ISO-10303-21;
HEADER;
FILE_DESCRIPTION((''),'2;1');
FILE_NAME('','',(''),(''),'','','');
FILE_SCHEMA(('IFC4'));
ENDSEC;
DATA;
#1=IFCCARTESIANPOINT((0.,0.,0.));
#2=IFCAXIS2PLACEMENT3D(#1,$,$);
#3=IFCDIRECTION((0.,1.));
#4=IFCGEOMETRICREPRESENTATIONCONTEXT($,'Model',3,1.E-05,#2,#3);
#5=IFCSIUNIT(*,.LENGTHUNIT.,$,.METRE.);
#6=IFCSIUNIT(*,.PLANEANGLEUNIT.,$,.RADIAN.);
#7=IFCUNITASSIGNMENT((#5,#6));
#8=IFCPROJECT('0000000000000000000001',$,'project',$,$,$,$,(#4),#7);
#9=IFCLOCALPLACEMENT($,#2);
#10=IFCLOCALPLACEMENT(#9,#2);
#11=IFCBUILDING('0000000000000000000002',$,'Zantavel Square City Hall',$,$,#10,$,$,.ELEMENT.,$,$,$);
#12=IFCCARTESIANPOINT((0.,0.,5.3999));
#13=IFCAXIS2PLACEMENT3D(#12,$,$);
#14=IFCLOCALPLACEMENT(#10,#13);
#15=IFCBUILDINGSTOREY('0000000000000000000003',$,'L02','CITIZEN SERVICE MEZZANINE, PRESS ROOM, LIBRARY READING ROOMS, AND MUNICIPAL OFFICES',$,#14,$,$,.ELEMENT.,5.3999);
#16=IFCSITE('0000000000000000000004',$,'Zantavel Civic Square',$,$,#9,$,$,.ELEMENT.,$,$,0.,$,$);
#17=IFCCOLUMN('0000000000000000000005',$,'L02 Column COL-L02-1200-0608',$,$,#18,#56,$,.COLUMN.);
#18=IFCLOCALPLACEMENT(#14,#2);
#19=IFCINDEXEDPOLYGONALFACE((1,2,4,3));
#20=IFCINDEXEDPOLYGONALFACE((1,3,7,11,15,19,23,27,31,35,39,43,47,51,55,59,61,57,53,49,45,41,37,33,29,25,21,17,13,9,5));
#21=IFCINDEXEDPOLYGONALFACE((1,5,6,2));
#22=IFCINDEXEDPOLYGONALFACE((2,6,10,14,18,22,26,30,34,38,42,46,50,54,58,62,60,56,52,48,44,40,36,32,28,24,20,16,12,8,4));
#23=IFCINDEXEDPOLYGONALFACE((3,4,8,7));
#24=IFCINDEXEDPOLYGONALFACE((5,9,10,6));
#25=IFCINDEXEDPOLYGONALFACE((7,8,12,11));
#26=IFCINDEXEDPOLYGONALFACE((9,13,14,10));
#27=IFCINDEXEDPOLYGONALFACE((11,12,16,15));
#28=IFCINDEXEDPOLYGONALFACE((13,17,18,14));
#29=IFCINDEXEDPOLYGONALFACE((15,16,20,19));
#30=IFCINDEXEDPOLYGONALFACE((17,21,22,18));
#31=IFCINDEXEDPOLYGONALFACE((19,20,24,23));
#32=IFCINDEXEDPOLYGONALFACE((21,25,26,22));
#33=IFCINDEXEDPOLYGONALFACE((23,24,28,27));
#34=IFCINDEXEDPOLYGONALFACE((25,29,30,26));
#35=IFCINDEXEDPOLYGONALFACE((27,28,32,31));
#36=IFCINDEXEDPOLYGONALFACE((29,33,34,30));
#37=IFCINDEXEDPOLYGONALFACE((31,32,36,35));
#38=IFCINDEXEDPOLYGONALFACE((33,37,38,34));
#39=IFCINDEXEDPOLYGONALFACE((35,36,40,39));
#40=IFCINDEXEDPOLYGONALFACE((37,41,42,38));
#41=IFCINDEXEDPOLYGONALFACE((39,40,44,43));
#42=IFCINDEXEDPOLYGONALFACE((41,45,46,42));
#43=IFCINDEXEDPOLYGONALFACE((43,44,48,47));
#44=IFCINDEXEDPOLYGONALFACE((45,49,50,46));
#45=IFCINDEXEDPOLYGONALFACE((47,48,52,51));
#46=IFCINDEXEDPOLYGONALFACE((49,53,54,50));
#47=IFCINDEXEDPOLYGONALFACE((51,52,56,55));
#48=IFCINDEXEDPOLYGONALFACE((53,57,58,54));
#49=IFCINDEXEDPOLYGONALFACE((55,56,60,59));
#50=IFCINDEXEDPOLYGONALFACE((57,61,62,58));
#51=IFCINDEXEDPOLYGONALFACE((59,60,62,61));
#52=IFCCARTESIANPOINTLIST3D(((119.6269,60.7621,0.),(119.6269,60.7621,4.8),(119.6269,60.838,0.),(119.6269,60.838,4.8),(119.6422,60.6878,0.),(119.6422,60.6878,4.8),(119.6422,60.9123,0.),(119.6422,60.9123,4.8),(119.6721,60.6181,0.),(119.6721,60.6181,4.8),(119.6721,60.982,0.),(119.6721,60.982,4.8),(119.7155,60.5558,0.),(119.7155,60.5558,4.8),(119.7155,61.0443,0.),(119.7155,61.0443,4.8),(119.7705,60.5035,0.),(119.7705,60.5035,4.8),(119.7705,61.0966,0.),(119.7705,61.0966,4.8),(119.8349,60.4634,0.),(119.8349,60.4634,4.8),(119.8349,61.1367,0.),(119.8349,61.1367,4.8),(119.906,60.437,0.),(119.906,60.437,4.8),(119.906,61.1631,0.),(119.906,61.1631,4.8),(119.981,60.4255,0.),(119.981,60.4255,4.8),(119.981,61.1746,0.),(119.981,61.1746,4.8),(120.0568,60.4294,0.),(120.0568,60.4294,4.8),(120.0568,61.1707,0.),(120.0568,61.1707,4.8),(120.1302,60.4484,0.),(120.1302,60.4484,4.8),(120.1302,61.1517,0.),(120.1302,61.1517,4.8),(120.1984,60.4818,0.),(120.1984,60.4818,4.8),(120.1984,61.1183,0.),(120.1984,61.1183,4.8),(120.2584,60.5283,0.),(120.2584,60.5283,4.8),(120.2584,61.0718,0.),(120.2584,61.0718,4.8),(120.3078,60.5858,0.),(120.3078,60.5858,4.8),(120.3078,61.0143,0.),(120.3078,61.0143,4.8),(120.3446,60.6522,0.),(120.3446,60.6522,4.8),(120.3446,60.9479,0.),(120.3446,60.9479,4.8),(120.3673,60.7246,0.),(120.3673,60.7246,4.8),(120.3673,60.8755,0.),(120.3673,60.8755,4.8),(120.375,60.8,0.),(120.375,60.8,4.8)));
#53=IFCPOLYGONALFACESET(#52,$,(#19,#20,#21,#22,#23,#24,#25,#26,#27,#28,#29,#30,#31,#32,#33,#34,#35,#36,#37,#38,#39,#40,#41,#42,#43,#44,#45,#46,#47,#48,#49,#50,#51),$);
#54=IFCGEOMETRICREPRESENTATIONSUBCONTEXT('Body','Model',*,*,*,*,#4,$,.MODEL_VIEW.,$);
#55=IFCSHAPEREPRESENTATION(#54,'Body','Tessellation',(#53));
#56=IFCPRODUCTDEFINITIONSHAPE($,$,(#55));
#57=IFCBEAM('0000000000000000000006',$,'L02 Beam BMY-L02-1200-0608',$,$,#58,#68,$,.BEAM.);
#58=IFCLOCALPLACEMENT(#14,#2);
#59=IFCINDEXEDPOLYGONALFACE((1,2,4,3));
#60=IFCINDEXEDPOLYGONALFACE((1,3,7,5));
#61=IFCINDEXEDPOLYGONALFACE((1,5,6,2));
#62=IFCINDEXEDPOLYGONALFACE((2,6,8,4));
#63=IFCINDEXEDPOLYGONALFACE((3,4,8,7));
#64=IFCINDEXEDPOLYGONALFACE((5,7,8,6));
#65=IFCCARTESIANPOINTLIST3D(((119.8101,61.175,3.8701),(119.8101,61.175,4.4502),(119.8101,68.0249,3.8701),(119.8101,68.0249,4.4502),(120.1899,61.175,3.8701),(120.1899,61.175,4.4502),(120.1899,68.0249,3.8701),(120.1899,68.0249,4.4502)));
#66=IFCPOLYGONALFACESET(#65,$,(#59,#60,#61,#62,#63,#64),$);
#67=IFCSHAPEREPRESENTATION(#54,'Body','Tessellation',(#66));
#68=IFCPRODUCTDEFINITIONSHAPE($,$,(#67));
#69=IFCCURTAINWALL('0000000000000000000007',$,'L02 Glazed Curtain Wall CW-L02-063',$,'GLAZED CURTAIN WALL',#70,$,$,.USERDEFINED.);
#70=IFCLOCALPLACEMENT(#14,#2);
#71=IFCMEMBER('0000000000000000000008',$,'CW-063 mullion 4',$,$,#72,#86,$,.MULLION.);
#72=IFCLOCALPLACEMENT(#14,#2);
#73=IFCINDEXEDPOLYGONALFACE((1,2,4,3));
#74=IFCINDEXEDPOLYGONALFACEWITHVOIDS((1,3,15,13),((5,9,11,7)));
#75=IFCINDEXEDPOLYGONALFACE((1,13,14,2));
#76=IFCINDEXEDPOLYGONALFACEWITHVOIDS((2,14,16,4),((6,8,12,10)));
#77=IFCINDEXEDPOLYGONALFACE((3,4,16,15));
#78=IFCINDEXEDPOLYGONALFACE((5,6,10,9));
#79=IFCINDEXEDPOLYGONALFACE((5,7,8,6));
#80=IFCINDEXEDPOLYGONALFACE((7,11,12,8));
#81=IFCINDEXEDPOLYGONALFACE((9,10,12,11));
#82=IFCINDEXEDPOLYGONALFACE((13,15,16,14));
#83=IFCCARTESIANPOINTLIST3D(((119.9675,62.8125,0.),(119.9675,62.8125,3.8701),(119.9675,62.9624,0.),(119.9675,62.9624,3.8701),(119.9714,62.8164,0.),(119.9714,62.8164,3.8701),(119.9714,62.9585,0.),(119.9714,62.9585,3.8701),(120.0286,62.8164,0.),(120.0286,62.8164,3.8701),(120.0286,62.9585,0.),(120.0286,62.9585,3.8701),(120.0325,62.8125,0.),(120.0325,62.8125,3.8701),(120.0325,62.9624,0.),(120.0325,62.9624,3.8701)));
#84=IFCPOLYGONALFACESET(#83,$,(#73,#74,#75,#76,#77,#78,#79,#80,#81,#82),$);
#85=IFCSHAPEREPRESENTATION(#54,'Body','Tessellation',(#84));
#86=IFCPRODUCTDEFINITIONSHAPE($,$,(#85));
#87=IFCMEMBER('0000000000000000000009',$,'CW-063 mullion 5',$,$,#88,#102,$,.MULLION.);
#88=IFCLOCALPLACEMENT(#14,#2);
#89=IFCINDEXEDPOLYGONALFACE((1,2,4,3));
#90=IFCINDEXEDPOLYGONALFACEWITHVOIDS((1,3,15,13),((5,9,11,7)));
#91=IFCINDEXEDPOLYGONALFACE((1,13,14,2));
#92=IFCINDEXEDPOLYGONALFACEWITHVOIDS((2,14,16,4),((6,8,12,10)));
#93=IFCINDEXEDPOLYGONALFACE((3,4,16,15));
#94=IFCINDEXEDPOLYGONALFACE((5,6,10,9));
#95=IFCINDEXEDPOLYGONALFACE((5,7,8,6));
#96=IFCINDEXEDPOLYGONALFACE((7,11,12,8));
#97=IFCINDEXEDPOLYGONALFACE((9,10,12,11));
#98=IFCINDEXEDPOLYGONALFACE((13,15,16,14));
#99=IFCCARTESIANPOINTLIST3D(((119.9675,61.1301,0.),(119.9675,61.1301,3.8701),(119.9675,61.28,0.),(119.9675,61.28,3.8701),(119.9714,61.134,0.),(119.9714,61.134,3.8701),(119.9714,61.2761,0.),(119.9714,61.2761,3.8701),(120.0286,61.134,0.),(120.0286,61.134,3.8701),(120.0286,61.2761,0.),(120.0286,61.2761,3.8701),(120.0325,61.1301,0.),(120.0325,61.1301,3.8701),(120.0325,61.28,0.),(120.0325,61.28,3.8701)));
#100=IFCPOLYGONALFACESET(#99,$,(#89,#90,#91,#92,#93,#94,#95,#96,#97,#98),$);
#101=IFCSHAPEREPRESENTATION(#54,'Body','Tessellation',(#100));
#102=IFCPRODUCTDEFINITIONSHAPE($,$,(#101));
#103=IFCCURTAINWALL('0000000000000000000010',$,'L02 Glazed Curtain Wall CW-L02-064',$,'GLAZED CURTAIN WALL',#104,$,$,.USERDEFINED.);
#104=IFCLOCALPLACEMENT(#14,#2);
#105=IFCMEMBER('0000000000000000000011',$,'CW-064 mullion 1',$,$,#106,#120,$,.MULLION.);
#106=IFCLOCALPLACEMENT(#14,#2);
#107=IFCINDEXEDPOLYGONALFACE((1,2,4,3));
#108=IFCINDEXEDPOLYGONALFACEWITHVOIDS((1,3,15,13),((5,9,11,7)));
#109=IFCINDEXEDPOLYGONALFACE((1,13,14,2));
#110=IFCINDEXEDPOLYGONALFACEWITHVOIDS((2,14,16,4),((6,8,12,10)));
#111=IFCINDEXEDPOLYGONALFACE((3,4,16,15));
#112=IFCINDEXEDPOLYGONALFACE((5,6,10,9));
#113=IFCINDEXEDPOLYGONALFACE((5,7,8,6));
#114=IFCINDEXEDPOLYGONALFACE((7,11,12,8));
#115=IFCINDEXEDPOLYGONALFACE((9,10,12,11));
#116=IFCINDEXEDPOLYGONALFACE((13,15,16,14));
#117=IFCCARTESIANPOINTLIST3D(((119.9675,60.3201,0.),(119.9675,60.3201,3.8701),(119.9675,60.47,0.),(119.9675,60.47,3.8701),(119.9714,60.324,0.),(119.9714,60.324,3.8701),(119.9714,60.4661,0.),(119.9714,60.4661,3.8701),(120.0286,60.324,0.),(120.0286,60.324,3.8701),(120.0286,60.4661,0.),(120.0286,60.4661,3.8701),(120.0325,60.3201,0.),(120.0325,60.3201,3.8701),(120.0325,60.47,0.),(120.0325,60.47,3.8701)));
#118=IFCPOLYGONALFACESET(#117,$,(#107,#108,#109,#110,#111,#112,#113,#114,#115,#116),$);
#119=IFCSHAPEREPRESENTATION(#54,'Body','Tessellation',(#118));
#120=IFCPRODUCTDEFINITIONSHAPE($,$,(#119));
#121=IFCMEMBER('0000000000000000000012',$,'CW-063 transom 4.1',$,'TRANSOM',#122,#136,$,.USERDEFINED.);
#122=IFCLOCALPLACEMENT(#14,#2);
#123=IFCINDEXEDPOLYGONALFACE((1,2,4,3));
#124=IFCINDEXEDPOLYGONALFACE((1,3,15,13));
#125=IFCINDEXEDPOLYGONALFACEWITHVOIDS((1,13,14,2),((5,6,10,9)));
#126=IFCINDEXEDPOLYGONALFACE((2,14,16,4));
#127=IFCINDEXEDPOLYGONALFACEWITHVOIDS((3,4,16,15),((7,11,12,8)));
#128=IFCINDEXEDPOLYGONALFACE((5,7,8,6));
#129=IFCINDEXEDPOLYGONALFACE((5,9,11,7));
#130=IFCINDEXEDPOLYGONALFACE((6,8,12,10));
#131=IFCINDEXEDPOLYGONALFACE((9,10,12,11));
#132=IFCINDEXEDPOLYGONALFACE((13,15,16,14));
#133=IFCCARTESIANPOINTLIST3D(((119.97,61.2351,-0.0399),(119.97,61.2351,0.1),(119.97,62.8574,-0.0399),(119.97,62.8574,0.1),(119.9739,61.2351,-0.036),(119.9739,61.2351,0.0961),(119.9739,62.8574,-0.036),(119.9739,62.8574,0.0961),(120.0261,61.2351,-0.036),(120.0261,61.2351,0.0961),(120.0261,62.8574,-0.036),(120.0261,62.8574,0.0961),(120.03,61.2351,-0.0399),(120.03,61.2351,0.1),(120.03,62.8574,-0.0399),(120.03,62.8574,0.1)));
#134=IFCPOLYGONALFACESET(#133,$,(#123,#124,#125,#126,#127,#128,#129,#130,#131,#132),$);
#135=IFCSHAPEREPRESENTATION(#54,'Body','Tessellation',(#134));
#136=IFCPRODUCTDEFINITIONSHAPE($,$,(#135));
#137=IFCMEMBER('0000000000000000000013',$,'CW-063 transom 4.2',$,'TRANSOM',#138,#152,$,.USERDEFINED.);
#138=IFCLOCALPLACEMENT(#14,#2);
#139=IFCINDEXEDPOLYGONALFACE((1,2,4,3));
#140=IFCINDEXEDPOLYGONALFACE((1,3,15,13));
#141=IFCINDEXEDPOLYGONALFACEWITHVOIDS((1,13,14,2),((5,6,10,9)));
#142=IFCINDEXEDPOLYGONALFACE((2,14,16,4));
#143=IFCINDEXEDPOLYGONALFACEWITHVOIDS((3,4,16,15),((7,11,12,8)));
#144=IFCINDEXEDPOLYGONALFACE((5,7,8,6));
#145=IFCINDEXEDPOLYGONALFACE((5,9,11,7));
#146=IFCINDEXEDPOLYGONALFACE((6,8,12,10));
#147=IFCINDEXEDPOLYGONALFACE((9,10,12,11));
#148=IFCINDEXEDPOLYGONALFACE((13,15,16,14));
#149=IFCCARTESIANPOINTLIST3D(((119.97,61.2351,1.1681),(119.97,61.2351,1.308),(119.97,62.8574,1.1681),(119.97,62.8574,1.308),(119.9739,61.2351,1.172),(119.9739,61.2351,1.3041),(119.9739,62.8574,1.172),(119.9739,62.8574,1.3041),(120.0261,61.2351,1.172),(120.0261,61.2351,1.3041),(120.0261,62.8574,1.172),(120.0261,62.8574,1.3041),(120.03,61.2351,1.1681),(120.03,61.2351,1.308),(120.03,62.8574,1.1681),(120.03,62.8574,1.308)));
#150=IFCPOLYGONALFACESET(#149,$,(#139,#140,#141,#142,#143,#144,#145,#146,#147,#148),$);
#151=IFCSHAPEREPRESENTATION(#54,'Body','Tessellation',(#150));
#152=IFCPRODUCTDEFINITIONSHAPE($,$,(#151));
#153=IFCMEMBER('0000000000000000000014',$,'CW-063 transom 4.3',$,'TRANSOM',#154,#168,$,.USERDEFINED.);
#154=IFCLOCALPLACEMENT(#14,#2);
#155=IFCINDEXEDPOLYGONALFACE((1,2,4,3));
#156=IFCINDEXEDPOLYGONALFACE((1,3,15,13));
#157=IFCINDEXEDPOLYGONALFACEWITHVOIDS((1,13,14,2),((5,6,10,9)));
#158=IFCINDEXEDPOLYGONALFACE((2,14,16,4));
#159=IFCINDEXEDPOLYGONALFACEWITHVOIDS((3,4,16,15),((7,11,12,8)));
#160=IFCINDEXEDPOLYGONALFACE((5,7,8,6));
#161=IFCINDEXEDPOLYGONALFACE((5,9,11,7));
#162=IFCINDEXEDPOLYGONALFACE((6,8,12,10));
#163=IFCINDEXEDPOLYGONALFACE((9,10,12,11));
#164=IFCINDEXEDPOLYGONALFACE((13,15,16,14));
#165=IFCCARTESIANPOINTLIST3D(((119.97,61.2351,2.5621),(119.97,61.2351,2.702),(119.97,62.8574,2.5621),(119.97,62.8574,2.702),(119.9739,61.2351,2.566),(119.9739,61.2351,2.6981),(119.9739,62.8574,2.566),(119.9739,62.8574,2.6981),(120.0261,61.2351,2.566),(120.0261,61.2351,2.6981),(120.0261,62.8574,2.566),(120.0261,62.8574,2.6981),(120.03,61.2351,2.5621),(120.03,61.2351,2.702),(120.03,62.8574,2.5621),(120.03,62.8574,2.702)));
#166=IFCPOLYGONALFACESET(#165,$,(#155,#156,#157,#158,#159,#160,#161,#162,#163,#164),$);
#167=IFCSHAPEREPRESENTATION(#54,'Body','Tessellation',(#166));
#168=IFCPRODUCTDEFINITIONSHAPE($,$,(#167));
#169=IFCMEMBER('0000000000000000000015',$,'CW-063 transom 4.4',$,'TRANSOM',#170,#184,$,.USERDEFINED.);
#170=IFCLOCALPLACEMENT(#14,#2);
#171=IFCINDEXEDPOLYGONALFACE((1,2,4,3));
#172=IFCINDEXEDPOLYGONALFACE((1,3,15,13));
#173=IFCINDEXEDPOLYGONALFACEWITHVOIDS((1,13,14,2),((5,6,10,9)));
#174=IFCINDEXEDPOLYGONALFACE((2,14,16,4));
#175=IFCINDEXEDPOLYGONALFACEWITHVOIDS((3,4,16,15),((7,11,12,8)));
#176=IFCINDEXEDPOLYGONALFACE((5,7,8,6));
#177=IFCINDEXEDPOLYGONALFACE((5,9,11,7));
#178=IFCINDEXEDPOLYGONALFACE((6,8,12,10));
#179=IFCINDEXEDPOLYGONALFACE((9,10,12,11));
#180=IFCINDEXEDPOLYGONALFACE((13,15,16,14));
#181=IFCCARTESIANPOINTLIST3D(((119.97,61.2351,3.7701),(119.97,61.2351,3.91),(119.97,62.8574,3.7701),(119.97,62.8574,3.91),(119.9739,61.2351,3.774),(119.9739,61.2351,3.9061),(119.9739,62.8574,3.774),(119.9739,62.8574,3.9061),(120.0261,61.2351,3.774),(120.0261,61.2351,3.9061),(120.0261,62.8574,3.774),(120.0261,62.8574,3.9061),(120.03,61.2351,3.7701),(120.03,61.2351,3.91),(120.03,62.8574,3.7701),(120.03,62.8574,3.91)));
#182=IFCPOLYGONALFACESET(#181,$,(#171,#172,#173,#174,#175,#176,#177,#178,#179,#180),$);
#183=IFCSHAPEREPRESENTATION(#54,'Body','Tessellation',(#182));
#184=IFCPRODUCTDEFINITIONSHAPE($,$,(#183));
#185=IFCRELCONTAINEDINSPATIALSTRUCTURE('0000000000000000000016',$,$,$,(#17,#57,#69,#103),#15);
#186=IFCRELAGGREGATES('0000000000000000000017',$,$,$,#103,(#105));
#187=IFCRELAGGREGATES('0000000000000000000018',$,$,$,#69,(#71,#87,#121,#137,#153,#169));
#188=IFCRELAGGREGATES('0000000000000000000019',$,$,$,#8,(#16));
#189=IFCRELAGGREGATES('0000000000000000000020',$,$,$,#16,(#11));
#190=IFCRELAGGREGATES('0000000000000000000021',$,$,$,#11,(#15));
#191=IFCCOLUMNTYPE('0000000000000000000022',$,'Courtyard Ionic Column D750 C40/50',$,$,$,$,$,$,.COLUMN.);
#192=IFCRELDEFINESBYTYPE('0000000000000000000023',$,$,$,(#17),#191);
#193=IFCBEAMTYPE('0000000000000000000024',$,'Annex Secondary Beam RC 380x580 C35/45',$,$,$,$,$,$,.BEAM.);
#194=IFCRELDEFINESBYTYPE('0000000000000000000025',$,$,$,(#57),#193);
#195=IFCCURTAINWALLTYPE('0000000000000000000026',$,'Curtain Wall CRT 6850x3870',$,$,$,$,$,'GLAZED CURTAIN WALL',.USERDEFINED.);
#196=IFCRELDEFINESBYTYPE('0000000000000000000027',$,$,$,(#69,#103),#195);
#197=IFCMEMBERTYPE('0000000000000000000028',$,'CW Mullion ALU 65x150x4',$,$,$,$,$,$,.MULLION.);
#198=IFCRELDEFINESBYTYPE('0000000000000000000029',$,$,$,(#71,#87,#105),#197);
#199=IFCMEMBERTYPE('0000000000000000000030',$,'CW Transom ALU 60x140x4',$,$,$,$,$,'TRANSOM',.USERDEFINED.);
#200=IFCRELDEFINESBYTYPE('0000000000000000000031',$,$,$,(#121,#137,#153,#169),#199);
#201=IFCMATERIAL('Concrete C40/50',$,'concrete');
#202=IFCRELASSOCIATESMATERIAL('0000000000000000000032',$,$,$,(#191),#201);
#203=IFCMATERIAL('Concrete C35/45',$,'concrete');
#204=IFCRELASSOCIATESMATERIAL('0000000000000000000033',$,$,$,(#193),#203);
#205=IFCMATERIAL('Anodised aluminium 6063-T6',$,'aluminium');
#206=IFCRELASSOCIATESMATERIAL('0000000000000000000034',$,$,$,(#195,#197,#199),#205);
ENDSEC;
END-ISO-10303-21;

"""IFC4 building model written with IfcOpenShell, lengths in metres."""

from ifc_helpers import new_model, si_unit, direction, frame, origin, origin_2d, place, context, subcontext, project, spatial, rectangle, hollow_rectangle, circle, extrude, material, material_profile, profile_set, type_object, element, aggregate, save


model = new_model("IFC4")

# Units and contexts
model_context = context("Model", 3, precision=1e-05, world=origin(), true_north=direction((0.0, 1.0)))
body_context = subcontext(model_context, "Body", "Model", "MODEL_VIEW")
ifc_project = project(units=[si_unit("LENGTHUNIT", "METRE"), si_unit("PLANEANGLEUNIT", "RADIAN")], contexts=[model_context])

# Site, building, storey
site_placement = place(None, origin())
site = spatial("IfcSite", under=ifc_project, at=site_placement, Name="Zantavel Civic Square", CompositionType="ELEMENT", RefElevation=0.0)
building_placement = place(site_placement, origin())
building = spatial("IfcBuilding", under=site, at=building_placement, Name="Zantavel Square City Hall", CompositionType="ELEMENT")
storey_placement = place(building_placement, frame((0.0, 0.0, 5.3999)))
storey = spatial("IfcBuildingStorey", under=building, at=storey_placement, Name="L02", Description="CITIZEN SERVICE MEZZANINE, PRESS ROOM, LIBRARY READING ROOMS, AND MUNICIPAL OFFICES", CompositionType="ELEMENT", Elevation=5.3999)

# Column
ifc_material_1 = material(Name="Concrete C40/50", Category="concrete")
ifc_material_profile_1 = material_profile(ifc_material_1, circle(Radius=0.375, at=origin_2d()), Name="ROUND D750")
ifc_profile_set_1 = profile_set([ifc_material_profile_1], Name="Concrete C40/50")
column_type = type_object("IfcColumnType", Name="Courtyard Ionic Column D750 C40/50", PredefinedType="COLUMN", material=ifc_profile_set_1)
column_placement = place(storey_placement, frame((120.0, 60.8, 0.0), z_axis=(0.0, 0.0, 1.0), x_axis=(1.0, 0.0, 0.0)))
element("IfcColumn", 1, at=column_placement, inside=storey, type_object=column_type, Name="L02 Column COL-L02-1200-0608", PredefinedType="COLUMN", context=body_context, shape_type="SweptSolid", body=[
    extrude(circle(Radius=0.375, at=origin_2d()), origin(), (0.0, 0.0, 1.0), 4.8),
])

# Beam
ifc_material_2 = material(Name="Concrete C35/45", Category="concrete")
ifc_material_profile_2 = material_profile(ifc_material_2, rectangle(XDim=0.3799, YDim=0.5801, at=origin_2d()), Name="RC 380x580")
ifc_profile_set_2 = profile_set([ifc_material_profile_2], Name="Concrete C35/45")
beam_type = type_object("IfcBeamType", Name="Annex Secondary Beam RC 380x580 C35/45", PredefinedType="BEAM", material=ifc_profile_set_2)
beam_placement = place(storey_placement, frame((120.0, 61.175, 4.1602), z_axis=(0.0, 1.0, 0.0), x_axis=(-1.0, 0.0, 0.0)))
element("IfcBeam", 2, at=beam_placement, inside=storey, type_object=beam_type, Name="L02 Beam BMY-L02-1200-0608", PredefinedType="BEAM", context=body_context, shape_type="SweptSolid", body=[
    extrude(rectangle(XDim=0.3799, YDim=0.5801, at=origin_2d()), origin(), (0.0, 0.0, 1.0), 6.8499),
])

# Curtain wall, members
ifc_material_3 = material(Name="Anodised aluminium 6063-T6", Category="aluminium")
curtain_wall_type = type_object("IfcCurtainWallType", Name="Curtain Wall CRT 6850x3870", ElementType="GLAZED CURTAIN WALL", PredefinedType="USERDEFINED", material=ifc_material_3)
curtain_wall_1_placement = place(storey_placement, origin())
curtain_wall_1 = element("IfcCurtainWall", 3, at=curtain_wall_1_placement, inside=storey, type_object=curtain_wall_type, Name="L02 Glazed Curtain Wall CW-L02-063", ObjectType="GLAZED CURTAIN WALL", PredefinedType="USERDEFINED")
ifc_material_profile_3 = material_profile(ifc_material_3, hollow_rectangle(XDim=0.0649, YDim=0.1499, WallThickness=0.0039, at=origin_2d()), Name="ALU 65x150x4")
ifc_profile_set_3 = profile_set([ifc_material_profile_3], Name="Anodised aluminium 6063-T6")
member_type_1 = type_object("IfcMemberType", Name="CW Mullion ALU 65x150x4", PredefinedType="MULLION", material=ifc_profile_set_3)
member_1_placement = place(storey_placement, frame((120.0, 62.8875, 0.0), z_axis=(0.0, 0.0, 1.0), x_axis=(1.0, 0.0, 0.0)))
member_1 = element("IfcMember", 4, at=member_1_placement, type_object=member_type_1, Name="CW-063 mullion 4", PredefinedType="MULLION", context=body_context, shape_type="SweptSolid", body=[
    extrude(hollow_rectangle(XDim=0.0649, YDim=0.1499, WallThickness=0.0039, at=origin_2d()), origin(), (0.0, 0.0, 1.0), 3.8701),
])
member_2_placement = place(storey_placement, frame((120.0, 61.2051, 0.0), z_axis=(0.0, 0.0, 1.0), x_axis=(1.0, 0.0, 0.0)))
member_2 = element("IfcMember", 5, at=member_2_placement, type_object=member_type_1, Name="CW-063 mullion 5", PredefinedType="MULLION", context=body_context, shape_type="SweptSolid", body=[
    extrude(hollow_rectangle(XDim=0.0649, YDim=0.1499, WallThickness=0.0039, at=origin_2d()), origin(), (0.0, 0.0, 1.0), 3.8701),
])

# Curtain wall, member
curtain_wall_2_placement = place(storey_placement, origin())
curtain_wall_2 = element("IfcCurtainWall", 6, at=curtain_wall_2_placement, inside=storey, type_object=curtain_wall_type, Name="L02 Glazed Curtain Wall CW-L02-064", ObjectType="GLAZED CURTAIN WALL", PredefinedType="USERDEFINED")
member_3_placement = place(storey_placement, frame((120.0, 60.395, 0.0), z_axis=(0.0, 0.0, 1.0), x_axis=(1.0, 0.0, 0.0)))
member_3 = element("IfcMember", 7, at=member_3_placement, type_object=member_type_1, Name="CW-064 mullion 1", PredefinedType="MULLION", context=body_context, shape_type="SweptSolid", body=[
    extrude(hollow_rectangle(XDim=0.0649, YDim=0.1499, WallThickness=0.0039, at=origin_2d()), origin(), (0.0, 0.0, 1.0), 3.8701),
])

# Members
ifc_material_profile_4 = material_profile(ifc_material_3, hollow_rectangle(XDim=0.0601, YDim=0.1399, WallThickness=0.0039, at=origin_2d()), Name="ALU 60x140x4")
ifc_profile_set_4 = profile_set([ifc_material_profile_4], Name="Anodised aluminium 6063-T6")
member_type_2 = type_object("IfcMemberType", Name="CW Transom ALU 60x140x4", ElementType="TRANSOM", PredefinedType="USERDEFINED", material=ifc_profile_set_4)
member_4_placement = place(storey_placement, frame((120.0, 62.8574, 0.03), z_axis=(0.0, -1.0, 0.0), x_axis=(1.0, 0.0, 0.0)))
member_4 = element("IfcMember", 8, at=member_4_placement, type_object=member_type_2, Name="CW-063 transom 4.1", ObjectType="TRANSOM", PredefinedType="USERDEFINED", context=body_context, shape_type="SweptSolid", body=[
    extrude(hollow_rectangle(XDim=0.0601, YDim=0.1399, WallThickness=0.0039, at=origin_2d()), origin(), (0.0, 0.0, 1.0), 1.6223),
])
member_5_placement = place(storey_placement, frame((120.0, 62.8574, 1.238), z_axis=(0.0, -1.0, 0.0), x_axis=(1.0, 0.0, 0.0)))
member_5 = element("IfcMember", 9, at=member_5_placement, type_object=member_type_2, Name="CW-063 transom 4.2", ObjectType="TRANSOM", PredefinedType="USERDEFINED", context=body_context, shape_type="SweptSolid", body=[
    extrude(hollow_rectangle(XDim=0.0601, YDim=0.1399, WallThickness=0.0039, at=origin_2d()), origin(), (0.0, 0.0, 1.0), 1.6223),
])
member_6_placement = place(storey_placement, frame((120.0, 62.8574, 2.6321), z_axis=(0.0, -1.0, 0.0), x_axis=(1.0, 0.0, 0.0)))
member_6 = element("IfcMember", 10, at=member_6_placement, type_object=member_type_2, Name="CW-063 transom 4.3", ObjectType="TRANSOM", PredefinedType="USERDEFINED", context=body_context, shape_type="SweptSolid", body=[
    extrude(hollow_rectangle(XDim=0.0601, YDim=0.1399, WallThickness=0.0039, at=origin_2d()), origin(), (0.0, 0.0, 1.0), 1.6223),
])
member_7_placement = place(storey_placement, frame((120.0, 62.8574, 3.8401), z_axis=(0.0, -1.0, 0.0), x_axis=(1.0, 0.0, 0.0)))
member_7 = element("IfcMember", 11, at=member_7_placement, type_object=member_type_2, Name="CW-063 transom 4.4", ObjectType="TRANSOM", PredefinedType="USERDEFINED", context=body_context, shape_type="SweptSolid", body=[
    extrude(hollow_rectangle(XDim=0.0601, YDim=0.1399, WallThickness=0.0039, at=origin_2d()), origin(), (0.0, 0.0, 1.0), 1.6223),
])

aggregate(curtain_wall_2, [member_3])
aggregate(curtain_wall_1, [member_1, member_2, member_4, member_5, member_6, member_7])

save(model, "model.ifc")
